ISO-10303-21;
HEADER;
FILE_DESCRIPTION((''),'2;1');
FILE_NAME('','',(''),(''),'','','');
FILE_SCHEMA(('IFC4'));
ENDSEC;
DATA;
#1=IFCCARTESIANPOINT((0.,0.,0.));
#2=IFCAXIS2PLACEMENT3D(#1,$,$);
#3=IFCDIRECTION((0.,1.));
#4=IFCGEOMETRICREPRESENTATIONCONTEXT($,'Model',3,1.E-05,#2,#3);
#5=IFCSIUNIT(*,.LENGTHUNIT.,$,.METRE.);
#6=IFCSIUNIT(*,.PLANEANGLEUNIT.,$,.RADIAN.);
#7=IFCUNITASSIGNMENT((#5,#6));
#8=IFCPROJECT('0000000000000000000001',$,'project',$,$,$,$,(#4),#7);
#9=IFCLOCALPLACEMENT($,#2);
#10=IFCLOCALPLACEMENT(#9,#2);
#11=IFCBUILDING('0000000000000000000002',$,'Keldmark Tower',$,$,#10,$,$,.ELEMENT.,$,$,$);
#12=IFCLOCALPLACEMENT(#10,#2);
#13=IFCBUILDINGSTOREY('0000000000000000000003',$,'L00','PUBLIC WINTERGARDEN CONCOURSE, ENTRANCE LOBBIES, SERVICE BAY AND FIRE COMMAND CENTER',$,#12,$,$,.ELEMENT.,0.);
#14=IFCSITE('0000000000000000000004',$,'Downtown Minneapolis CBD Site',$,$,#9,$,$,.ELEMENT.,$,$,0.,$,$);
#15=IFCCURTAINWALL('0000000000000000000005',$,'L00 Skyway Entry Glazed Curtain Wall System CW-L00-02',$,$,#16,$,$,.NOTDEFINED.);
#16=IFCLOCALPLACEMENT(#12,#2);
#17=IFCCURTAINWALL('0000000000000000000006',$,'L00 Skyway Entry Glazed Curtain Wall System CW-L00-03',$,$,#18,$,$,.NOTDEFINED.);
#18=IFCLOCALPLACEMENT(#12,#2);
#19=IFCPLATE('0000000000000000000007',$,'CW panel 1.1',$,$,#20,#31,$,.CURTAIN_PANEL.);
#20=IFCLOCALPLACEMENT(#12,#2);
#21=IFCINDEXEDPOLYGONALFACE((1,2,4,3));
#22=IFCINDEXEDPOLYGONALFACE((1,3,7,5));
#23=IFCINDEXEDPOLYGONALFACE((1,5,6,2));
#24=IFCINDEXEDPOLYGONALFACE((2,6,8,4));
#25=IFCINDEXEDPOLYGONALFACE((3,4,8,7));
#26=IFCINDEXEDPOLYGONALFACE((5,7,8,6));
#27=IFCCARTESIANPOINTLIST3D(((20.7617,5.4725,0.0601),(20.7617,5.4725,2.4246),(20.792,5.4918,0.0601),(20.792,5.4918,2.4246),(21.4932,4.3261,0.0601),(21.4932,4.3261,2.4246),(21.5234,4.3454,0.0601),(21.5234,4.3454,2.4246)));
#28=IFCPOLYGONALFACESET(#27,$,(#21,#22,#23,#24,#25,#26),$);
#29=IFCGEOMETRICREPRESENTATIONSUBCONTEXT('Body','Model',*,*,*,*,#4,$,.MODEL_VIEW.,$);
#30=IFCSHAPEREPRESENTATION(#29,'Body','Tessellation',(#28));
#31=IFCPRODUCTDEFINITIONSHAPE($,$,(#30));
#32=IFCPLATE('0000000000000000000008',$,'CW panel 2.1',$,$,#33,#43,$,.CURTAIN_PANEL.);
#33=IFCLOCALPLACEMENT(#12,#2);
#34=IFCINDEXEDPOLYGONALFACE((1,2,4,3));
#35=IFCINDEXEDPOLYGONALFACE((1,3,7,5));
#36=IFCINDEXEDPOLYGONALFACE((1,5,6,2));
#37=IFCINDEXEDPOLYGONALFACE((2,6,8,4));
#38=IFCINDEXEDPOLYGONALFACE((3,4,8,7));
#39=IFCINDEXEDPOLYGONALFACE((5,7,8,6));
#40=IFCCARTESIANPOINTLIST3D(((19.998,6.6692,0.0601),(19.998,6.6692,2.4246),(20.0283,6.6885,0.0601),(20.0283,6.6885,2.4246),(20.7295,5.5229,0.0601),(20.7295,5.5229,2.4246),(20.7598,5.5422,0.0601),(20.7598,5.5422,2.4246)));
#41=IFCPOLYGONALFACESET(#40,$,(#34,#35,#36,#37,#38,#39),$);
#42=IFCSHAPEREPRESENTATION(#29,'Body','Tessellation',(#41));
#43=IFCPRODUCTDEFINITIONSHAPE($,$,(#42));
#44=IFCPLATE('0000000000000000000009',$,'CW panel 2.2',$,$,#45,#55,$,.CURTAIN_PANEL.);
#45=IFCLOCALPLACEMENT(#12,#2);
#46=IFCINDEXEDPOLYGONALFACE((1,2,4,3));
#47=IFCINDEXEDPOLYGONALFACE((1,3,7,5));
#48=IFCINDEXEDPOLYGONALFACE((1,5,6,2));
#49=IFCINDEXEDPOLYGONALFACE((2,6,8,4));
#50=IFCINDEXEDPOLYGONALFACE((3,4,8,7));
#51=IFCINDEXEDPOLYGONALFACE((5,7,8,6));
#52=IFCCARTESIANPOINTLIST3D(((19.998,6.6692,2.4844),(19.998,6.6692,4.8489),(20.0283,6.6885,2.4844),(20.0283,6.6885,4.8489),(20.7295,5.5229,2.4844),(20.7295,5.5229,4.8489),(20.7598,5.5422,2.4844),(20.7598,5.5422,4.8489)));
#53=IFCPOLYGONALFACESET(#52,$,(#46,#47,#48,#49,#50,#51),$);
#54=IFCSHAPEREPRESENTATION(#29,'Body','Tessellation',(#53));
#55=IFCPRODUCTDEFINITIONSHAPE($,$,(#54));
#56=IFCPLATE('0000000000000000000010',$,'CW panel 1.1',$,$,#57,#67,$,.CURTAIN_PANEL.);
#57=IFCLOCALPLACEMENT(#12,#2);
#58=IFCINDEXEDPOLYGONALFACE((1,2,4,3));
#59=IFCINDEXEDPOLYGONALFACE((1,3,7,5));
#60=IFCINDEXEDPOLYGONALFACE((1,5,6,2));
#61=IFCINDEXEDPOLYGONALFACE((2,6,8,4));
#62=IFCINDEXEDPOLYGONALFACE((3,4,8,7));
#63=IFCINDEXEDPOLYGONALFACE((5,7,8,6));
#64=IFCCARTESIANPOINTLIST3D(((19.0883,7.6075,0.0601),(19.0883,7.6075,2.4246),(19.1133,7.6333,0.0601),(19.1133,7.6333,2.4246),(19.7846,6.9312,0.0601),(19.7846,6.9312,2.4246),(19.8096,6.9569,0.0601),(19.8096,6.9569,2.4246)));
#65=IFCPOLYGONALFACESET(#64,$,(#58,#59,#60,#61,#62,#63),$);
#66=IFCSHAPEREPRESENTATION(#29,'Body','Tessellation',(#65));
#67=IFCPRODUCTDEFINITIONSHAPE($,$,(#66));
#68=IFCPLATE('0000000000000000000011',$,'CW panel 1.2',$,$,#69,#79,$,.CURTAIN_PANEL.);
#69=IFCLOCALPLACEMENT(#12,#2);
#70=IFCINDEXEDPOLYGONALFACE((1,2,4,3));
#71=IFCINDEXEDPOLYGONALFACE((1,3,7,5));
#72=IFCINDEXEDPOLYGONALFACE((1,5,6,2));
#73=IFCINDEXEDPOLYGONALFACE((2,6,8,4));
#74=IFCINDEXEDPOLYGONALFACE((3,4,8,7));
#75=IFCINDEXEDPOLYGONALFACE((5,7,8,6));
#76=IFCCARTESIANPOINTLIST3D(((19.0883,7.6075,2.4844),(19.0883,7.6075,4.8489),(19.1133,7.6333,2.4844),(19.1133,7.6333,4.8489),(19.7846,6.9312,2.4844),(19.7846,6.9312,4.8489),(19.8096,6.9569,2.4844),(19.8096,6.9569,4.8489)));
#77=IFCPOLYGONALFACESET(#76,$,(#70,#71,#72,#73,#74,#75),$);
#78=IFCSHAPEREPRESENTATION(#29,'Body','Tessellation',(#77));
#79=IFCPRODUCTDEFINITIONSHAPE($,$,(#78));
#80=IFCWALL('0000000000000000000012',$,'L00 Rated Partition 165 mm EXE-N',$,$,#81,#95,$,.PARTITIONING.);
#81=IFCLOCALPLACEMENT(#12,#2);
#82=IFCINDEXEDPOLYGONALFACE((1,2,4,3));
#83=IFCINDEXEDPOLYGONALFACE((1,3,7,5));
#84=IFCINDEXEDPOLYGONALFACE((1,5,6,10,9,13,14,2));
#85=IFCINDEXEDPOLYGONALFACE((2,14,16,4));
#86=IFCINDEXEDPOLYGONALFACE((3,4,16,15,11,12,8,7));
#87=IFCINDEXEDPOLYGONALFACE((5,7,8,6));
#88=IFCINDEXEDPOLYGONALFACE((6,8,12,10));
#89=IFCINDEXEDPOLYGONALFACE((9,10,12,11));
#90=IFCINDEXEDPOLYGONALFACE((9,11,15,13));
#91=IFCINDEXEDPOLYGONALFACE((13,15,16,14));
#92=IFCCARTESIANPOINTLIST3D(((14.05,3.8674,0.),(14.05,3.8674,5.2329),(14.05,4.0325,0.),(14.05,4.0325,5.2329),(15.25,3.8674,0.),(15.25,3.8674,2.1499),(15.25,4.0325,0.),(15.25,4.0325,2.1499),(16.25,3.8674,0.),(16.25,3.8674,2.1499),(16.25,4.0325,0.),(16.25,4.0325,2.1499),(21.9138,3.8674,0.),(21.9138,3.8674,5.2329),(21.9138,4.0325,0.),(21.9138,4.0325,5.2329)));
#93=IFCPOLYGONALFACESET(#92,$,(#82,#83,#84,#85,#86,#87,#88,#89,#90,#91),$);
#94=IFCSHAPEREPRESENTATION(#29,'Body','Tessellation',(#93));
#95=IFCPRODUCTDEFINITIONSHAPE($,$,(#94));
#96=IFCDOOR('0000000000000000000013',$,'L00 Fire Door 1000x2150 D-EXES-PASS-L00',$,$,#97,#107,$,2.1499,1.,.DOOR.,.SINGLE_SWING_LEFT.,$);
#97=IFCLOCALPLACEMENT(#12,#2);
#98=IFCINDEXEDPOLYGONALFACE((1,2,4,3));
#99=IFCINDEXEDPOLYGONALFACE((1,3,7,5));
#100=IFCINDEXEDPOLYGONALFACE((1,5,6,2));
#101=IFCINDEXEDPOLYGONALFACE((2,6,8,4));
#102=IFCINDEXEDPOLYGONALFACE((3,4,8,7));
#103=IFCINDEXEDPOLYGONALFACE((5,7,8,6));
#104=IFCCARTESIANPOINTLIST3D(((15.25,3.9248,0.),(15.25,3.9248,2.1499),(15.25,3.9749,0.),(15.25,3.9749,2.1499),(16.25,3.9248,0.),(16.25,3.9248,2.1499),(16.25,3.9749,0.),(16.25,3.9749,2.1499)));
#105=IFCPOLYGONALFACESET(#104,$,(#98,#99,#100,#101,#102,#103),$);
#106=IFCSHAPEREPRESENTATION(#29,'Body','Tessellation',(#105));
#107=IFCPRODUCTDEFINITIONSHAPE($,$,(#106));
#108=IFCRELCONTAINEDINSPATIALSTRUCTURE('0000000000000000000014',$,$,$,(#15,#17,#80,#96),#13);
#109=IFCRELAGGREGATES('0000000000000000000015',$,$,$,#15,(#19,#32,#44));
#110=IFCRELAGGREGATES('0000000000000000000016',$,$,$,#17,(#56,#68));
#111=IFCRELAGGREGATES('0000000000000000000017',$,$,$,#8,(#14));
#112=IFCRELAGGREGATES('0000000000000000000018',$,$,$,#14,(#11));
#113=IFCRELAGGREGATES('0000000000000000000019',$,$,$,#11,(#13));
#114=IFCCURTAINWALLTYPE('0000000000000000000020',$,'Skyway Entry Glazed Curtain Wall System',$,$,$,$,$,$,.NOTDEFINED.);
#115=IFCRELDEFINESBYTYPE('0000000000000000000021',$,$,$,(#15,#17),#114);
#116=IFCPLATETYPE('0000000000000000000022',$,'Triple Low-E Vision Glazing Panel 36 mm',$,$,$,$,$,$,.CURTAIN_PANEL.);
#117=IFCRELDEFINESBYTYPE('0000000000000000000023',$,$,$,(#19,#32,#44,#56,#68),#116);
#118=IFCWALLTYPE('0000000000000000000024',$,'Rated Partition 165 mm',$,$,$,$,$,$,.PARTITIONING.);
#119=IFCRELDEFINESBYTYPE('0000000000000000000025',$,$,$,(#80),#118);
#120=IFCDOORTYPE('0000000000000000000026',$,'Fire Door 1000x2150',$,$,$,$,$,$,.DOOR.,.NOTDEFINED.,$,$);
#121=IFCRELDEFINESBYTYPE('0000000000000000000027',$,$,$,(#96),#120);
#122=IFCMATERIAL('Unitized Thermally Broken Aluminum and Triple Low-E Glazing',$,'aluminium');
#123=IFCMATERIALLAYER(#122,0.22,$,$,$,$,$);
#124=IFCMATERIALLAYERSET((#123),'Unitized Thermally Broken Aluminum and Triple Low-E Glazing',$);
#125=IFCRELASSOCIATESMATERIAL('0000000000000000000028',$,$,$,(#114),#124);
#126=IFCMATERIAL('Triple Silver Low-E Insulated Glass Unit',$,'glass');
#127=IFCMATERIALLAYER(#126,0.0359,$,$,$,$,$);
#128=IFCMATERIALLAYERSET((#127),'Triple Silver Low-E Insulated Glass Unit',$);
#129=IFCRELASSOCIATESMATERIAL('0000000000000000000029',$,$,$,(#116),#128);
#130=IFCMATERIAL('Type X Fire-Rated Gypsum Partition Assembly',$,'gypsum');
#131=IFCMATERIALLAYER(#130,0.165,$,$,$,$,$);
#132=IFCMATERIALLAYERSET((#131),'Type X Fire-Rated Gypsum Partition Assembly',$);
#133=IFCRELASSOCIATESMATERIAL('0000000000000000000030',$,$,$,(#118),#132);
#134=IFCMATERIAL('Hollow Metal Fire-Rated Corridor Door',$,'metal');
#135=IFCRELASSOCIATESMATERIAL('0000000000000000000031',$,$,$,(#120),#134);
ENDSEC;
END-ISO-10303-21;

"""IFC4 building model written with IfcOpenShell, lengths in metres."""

from ifc_helpers import new_model, si_unit, direction, frame, frame_2d, origin, origin_2d, place, context, subcontext, project, spatial, rectangle, extrude, material, layer, layer_set, type_object, element, fill, aggregate, save


model = new_model("IFC4")

# Units and contexts
model_context = context("Model", 3, precision=1e-05, world=origin(), true_north=direction((0.0, 1.0)))
body_context = subcontext(model_context, "Body", "Model", "MODEL_VIEW")
ifc_project = project(units=[si_unit("LENGTHUNIT", "METRE"), si_unit("PLANEANGLEUNIT", "RADIAN")], contexts=[model_context])

# Site, building, storey
site_placement = place(None, origin())
site = spatial("IfcSite", under=ifc_project, at=site_placement, Name="Downtown Minneapolis CBD Site", CompositionType="ELEMENT", RefElevation=0.0)
building_placement = place(site_placement, origin())
building = spatial("IfcBuilding", under=site, at=building_placement, Name="Keldmark Tower", CompositionType="ELEMENT")
storey_placement = place(building_placement, origin())
storey = spatial("IfcBuildingStorey", under=building, at=storey_placement, Name="L00", Description="PUBLIC WINTERGARDEN CONCOURSE, ENTRANCE LOBBIES, SERVICE BAY AND FIRE COMMAND CENTER", CompositionType="ELEMENT", Elevation=0.0)

# Curtain walls
ifc_material_1 = material(Name="Unitized Thermally Broken Aluminum and Triple Low-E Glazing", Category="aluminium")
ifc_layer_1 = layer(ifc_material_1, 0.22)
ifc_layer_set_1 = layer_set([ifc_layer_1], Name="Unitized Thermally Broken Aluminum and Triple Low-E Glazing")
curtain_wall_type = type_object("IfcCurtainWallType", Name="Skyway Entry Glazed Curtain Wall System", PredefinedType="NOTDEFINED", material=ifc_layer_set_1)
curtain_wall_1_placement = place(storey_placement, origin())
curtain_wall_1 = element("IfcCurtainWall", 1, at=curtain_wall_1_placement, inside=storey, type_object=curtain_wall_type, Name="L00 Skyway Entry Glazed Curtain Wall System CW-L00-02", PredefinedType="NOTDEFINED")
curtain_wall_2_placement = place(storey_placement, origin())
curtain_wall_2 = element("IfcCurtainWall", 2, at=curtain_wall_2_placement, inside=storey, type_object=curtain_wall_type, Name="L00 Skyway Entry Glazed Curtain Wall System CW-L00-03", PredefinedType="NOTDEFINED")

# Plates
ifc_material_2 = material(Name="Triple Silver Low-E Insulated Glass Unit", Category="glass")
ifc_layer_2 = layer(ifc_material_2, 0.0359)
ifc_layer_set_2 = layer_set([ifc_layer_2], Name="Triple Silver Low-E Insulated Glass Unit")
plate_type = type_object("IfcPlateType", Name="Triple Low-E Vision Glazing Panel 36 mm", PredefinedType="CURTAIN_PANEL", material=ifc_layer_set_2)
plate_1_placement = place(storey_placement, frame((21.1426, 4.9089, 0.0601), z_axis=(0.0, 0.0, 1.0), x_axis=(-0.537908, 0.843003, 0.0)))
plate_1 = element("IfcPlate", 3, at=plate_1_placement, type_object=plate_type, Name="CW panel 1.1", PredefinedType="CURTAIN_PANEL", context=body_context, shape_type="SweptSolid", body=[
    extrude(rectangle(XDim=1.3599, YDim=0.0359, at=origin_2d()), origin(), (0.0, 0.0, 1.0), 2.3645),
])
plate_2_placement = place(storey_placement, frame((20.3789, 6.1057, 0.0601), z_axis=(0.0, 0.0, 1.0), x_axis=(-0.537908, 0.843003, 0.0)))
plate_2 = element("IfcPlate", 4, at=plate_2_placement, type_object=plate_type, Name="CW panel 2.1", PredefinedType="CURTAIN_PANEL", context=body_context, shape_type="SweptSolid", body=[
    extrude(rectangle(XDim=1.3599, YDim=0.0359, at=origin_2d()), origin(), (0.0, 0.0, 1.0), 2.3645),
])
plate_3_placement = place(storey_placement, frame((20.3789, 6.1057, 2.4844), z_axis=(0.0, 0.0, 1.0), x_axis=(-0.537908, 0.843003, 0.0)))
plate_3 = element("IfcPlate", 5, at=plate_3_placement, type_object=plate_type, Name="CW panel 2.2", PredefinedType="CURTAIN_PANEL", context=body_context, shape_type="SweptSolid", body=[
    extrude(rectangle(XDim=1.3599, YDim=0.0359, at=origin_2d()), origin(), (0.0, 0.0, 1.0), 2.3645),
])
aggregate(curtain_wall_1, [plate_1, plate_2, plate_3])
plate_4_placement = place(storey_placement, frame((19.449, 7.2822, 0.0601), z_axis=(0.0, 0.0, 1.0), x_axis=(-0.717293, 0.696771, 0.0)))
plate_4 = element("IfcPlate", 6, at=plate_4_placement, type_object=plate_type, Name="CW panel 1.1", PredefinedType="CURTAIN_PANEL", context=body_context, shape_type="SweptSolid", body=[
    extrude(rectangle(XDim=0.9707, YDim=0.0359, at=origin_2d()), origin(), (0.0, 0.0, 1.0), 2.3645),
])
plate_5_placement = place(storey_placement, frame((19.449, 7.2822, 2.4844), z_axis=(0.0, 0.0, 1.0), x_axis=(-0.717293, 0.696771, 0.0)))
plate_5 = element("IfcPlate", 7, at=plate_5_placement, type_object=plate_type, Name="CW panel 1.2", PredefinedType="CURTAIN_PANEL", context=body_context, shape_type="SweptSolid", body=[
    extrude(rectangle(XDim=0.9707, YDim=0.0359, at=origin_2d()), origin(), (0.0, 0.0, 1.0), 2.3645),
])
aggregate(curtain_wall_2, [plate_4, plate_5])

# Wall, opening, door
ifc_material_3 = material(Name="Type X Fire-Rated Gypsum Partition Assembly", Category="gypsum")
ifc_layer_3 = layer(ifc_material_3, 0.165)
ifc_layer_set_3 = layer_set([ifc_layer_3], Name="Type X Fire-Rated Gypsum Partition Assembly")
wall_type = type_object("IfcWallType", Name="Rated Partition 165 mm", PredefinedType="PARTITIONING", material=ifc_layer_set_3)
wall_placement = place(storey_placement, frame((14.05, 3.95, 0.0), z_axis=(0.0, 0.0, 1.0), x_axis=(1.0, 0.0, 0.0)))
wall = element("IfcWall", 8, at=wall_placement, inside=storey, type_object=wall_type, Name="L00 Rated Partition 165 mm EXE-N", PredefinedType="PARTITIONING", context=body_context, shape_type="SweptSolid", body=[
    extrude(rectangle(XDim=7.8638, YDim=0.165, at=frame_2d((3.9319, 0.0))), origin(), (0.0, 0.0, 1.0), 5.2329),
])
opening_placement = place(wall_placement, frame((1.2, 0.0, 0.0)))
opening = element("IfcOpeningElement", 9, at=opening_placement, cuts=wall, PredefinedType="OPENING", context=body_context, shape_type="SweptSolid", body=[
    extrude(rectangle(XDim=1.0, YDim=2.1499, at=frame_2d((0.5, 1.075))), frame((0.0, 0.0925, 0.0), z_axis=(0.0, -1.0, 0.0), x_axis=(1.0, 0.0, 0.0)), (0.0, 0.0, 1.0), 0.1851),
])
ifc_material_4 = material(Name="Hollow Metal Fire-Rated Corridor Door", Category="metal")
door_type = type_object("IfcDoorType", Name="Fire Door 1000x2150", OperationType="NOTDEFINED", PredefinedType="DOOR", material=ifc_material_4)
door_placement = place(opening_placement, origin())
door = element("IfcDoor", 10, at=door_placement, inside=storey, type_object=door_type, Name="L00 Fire Door 1000x2150 D-EXES-PASS-L00", OperationType="SINGLE_SWING_LEFT", OverallHeight=2.1499, OverallWidth=1.0, PredefinedType="DOOR", context=body_context, shape_type="SweptSolid", body=[
    extrude(rectangle(XDim=1.0, YDim=2.1499, at=frame_2d((0.5, 1.075))), frame((0.0, 0.0249, 0.0), z_axis=(0.0, -1.0, 0.0), x_axis=(1.0, 0.0, 0.0)), (0.0, 0.0, 1.0), 0.05),
])
fill(opening, door)

save(model, "model.ifc")
